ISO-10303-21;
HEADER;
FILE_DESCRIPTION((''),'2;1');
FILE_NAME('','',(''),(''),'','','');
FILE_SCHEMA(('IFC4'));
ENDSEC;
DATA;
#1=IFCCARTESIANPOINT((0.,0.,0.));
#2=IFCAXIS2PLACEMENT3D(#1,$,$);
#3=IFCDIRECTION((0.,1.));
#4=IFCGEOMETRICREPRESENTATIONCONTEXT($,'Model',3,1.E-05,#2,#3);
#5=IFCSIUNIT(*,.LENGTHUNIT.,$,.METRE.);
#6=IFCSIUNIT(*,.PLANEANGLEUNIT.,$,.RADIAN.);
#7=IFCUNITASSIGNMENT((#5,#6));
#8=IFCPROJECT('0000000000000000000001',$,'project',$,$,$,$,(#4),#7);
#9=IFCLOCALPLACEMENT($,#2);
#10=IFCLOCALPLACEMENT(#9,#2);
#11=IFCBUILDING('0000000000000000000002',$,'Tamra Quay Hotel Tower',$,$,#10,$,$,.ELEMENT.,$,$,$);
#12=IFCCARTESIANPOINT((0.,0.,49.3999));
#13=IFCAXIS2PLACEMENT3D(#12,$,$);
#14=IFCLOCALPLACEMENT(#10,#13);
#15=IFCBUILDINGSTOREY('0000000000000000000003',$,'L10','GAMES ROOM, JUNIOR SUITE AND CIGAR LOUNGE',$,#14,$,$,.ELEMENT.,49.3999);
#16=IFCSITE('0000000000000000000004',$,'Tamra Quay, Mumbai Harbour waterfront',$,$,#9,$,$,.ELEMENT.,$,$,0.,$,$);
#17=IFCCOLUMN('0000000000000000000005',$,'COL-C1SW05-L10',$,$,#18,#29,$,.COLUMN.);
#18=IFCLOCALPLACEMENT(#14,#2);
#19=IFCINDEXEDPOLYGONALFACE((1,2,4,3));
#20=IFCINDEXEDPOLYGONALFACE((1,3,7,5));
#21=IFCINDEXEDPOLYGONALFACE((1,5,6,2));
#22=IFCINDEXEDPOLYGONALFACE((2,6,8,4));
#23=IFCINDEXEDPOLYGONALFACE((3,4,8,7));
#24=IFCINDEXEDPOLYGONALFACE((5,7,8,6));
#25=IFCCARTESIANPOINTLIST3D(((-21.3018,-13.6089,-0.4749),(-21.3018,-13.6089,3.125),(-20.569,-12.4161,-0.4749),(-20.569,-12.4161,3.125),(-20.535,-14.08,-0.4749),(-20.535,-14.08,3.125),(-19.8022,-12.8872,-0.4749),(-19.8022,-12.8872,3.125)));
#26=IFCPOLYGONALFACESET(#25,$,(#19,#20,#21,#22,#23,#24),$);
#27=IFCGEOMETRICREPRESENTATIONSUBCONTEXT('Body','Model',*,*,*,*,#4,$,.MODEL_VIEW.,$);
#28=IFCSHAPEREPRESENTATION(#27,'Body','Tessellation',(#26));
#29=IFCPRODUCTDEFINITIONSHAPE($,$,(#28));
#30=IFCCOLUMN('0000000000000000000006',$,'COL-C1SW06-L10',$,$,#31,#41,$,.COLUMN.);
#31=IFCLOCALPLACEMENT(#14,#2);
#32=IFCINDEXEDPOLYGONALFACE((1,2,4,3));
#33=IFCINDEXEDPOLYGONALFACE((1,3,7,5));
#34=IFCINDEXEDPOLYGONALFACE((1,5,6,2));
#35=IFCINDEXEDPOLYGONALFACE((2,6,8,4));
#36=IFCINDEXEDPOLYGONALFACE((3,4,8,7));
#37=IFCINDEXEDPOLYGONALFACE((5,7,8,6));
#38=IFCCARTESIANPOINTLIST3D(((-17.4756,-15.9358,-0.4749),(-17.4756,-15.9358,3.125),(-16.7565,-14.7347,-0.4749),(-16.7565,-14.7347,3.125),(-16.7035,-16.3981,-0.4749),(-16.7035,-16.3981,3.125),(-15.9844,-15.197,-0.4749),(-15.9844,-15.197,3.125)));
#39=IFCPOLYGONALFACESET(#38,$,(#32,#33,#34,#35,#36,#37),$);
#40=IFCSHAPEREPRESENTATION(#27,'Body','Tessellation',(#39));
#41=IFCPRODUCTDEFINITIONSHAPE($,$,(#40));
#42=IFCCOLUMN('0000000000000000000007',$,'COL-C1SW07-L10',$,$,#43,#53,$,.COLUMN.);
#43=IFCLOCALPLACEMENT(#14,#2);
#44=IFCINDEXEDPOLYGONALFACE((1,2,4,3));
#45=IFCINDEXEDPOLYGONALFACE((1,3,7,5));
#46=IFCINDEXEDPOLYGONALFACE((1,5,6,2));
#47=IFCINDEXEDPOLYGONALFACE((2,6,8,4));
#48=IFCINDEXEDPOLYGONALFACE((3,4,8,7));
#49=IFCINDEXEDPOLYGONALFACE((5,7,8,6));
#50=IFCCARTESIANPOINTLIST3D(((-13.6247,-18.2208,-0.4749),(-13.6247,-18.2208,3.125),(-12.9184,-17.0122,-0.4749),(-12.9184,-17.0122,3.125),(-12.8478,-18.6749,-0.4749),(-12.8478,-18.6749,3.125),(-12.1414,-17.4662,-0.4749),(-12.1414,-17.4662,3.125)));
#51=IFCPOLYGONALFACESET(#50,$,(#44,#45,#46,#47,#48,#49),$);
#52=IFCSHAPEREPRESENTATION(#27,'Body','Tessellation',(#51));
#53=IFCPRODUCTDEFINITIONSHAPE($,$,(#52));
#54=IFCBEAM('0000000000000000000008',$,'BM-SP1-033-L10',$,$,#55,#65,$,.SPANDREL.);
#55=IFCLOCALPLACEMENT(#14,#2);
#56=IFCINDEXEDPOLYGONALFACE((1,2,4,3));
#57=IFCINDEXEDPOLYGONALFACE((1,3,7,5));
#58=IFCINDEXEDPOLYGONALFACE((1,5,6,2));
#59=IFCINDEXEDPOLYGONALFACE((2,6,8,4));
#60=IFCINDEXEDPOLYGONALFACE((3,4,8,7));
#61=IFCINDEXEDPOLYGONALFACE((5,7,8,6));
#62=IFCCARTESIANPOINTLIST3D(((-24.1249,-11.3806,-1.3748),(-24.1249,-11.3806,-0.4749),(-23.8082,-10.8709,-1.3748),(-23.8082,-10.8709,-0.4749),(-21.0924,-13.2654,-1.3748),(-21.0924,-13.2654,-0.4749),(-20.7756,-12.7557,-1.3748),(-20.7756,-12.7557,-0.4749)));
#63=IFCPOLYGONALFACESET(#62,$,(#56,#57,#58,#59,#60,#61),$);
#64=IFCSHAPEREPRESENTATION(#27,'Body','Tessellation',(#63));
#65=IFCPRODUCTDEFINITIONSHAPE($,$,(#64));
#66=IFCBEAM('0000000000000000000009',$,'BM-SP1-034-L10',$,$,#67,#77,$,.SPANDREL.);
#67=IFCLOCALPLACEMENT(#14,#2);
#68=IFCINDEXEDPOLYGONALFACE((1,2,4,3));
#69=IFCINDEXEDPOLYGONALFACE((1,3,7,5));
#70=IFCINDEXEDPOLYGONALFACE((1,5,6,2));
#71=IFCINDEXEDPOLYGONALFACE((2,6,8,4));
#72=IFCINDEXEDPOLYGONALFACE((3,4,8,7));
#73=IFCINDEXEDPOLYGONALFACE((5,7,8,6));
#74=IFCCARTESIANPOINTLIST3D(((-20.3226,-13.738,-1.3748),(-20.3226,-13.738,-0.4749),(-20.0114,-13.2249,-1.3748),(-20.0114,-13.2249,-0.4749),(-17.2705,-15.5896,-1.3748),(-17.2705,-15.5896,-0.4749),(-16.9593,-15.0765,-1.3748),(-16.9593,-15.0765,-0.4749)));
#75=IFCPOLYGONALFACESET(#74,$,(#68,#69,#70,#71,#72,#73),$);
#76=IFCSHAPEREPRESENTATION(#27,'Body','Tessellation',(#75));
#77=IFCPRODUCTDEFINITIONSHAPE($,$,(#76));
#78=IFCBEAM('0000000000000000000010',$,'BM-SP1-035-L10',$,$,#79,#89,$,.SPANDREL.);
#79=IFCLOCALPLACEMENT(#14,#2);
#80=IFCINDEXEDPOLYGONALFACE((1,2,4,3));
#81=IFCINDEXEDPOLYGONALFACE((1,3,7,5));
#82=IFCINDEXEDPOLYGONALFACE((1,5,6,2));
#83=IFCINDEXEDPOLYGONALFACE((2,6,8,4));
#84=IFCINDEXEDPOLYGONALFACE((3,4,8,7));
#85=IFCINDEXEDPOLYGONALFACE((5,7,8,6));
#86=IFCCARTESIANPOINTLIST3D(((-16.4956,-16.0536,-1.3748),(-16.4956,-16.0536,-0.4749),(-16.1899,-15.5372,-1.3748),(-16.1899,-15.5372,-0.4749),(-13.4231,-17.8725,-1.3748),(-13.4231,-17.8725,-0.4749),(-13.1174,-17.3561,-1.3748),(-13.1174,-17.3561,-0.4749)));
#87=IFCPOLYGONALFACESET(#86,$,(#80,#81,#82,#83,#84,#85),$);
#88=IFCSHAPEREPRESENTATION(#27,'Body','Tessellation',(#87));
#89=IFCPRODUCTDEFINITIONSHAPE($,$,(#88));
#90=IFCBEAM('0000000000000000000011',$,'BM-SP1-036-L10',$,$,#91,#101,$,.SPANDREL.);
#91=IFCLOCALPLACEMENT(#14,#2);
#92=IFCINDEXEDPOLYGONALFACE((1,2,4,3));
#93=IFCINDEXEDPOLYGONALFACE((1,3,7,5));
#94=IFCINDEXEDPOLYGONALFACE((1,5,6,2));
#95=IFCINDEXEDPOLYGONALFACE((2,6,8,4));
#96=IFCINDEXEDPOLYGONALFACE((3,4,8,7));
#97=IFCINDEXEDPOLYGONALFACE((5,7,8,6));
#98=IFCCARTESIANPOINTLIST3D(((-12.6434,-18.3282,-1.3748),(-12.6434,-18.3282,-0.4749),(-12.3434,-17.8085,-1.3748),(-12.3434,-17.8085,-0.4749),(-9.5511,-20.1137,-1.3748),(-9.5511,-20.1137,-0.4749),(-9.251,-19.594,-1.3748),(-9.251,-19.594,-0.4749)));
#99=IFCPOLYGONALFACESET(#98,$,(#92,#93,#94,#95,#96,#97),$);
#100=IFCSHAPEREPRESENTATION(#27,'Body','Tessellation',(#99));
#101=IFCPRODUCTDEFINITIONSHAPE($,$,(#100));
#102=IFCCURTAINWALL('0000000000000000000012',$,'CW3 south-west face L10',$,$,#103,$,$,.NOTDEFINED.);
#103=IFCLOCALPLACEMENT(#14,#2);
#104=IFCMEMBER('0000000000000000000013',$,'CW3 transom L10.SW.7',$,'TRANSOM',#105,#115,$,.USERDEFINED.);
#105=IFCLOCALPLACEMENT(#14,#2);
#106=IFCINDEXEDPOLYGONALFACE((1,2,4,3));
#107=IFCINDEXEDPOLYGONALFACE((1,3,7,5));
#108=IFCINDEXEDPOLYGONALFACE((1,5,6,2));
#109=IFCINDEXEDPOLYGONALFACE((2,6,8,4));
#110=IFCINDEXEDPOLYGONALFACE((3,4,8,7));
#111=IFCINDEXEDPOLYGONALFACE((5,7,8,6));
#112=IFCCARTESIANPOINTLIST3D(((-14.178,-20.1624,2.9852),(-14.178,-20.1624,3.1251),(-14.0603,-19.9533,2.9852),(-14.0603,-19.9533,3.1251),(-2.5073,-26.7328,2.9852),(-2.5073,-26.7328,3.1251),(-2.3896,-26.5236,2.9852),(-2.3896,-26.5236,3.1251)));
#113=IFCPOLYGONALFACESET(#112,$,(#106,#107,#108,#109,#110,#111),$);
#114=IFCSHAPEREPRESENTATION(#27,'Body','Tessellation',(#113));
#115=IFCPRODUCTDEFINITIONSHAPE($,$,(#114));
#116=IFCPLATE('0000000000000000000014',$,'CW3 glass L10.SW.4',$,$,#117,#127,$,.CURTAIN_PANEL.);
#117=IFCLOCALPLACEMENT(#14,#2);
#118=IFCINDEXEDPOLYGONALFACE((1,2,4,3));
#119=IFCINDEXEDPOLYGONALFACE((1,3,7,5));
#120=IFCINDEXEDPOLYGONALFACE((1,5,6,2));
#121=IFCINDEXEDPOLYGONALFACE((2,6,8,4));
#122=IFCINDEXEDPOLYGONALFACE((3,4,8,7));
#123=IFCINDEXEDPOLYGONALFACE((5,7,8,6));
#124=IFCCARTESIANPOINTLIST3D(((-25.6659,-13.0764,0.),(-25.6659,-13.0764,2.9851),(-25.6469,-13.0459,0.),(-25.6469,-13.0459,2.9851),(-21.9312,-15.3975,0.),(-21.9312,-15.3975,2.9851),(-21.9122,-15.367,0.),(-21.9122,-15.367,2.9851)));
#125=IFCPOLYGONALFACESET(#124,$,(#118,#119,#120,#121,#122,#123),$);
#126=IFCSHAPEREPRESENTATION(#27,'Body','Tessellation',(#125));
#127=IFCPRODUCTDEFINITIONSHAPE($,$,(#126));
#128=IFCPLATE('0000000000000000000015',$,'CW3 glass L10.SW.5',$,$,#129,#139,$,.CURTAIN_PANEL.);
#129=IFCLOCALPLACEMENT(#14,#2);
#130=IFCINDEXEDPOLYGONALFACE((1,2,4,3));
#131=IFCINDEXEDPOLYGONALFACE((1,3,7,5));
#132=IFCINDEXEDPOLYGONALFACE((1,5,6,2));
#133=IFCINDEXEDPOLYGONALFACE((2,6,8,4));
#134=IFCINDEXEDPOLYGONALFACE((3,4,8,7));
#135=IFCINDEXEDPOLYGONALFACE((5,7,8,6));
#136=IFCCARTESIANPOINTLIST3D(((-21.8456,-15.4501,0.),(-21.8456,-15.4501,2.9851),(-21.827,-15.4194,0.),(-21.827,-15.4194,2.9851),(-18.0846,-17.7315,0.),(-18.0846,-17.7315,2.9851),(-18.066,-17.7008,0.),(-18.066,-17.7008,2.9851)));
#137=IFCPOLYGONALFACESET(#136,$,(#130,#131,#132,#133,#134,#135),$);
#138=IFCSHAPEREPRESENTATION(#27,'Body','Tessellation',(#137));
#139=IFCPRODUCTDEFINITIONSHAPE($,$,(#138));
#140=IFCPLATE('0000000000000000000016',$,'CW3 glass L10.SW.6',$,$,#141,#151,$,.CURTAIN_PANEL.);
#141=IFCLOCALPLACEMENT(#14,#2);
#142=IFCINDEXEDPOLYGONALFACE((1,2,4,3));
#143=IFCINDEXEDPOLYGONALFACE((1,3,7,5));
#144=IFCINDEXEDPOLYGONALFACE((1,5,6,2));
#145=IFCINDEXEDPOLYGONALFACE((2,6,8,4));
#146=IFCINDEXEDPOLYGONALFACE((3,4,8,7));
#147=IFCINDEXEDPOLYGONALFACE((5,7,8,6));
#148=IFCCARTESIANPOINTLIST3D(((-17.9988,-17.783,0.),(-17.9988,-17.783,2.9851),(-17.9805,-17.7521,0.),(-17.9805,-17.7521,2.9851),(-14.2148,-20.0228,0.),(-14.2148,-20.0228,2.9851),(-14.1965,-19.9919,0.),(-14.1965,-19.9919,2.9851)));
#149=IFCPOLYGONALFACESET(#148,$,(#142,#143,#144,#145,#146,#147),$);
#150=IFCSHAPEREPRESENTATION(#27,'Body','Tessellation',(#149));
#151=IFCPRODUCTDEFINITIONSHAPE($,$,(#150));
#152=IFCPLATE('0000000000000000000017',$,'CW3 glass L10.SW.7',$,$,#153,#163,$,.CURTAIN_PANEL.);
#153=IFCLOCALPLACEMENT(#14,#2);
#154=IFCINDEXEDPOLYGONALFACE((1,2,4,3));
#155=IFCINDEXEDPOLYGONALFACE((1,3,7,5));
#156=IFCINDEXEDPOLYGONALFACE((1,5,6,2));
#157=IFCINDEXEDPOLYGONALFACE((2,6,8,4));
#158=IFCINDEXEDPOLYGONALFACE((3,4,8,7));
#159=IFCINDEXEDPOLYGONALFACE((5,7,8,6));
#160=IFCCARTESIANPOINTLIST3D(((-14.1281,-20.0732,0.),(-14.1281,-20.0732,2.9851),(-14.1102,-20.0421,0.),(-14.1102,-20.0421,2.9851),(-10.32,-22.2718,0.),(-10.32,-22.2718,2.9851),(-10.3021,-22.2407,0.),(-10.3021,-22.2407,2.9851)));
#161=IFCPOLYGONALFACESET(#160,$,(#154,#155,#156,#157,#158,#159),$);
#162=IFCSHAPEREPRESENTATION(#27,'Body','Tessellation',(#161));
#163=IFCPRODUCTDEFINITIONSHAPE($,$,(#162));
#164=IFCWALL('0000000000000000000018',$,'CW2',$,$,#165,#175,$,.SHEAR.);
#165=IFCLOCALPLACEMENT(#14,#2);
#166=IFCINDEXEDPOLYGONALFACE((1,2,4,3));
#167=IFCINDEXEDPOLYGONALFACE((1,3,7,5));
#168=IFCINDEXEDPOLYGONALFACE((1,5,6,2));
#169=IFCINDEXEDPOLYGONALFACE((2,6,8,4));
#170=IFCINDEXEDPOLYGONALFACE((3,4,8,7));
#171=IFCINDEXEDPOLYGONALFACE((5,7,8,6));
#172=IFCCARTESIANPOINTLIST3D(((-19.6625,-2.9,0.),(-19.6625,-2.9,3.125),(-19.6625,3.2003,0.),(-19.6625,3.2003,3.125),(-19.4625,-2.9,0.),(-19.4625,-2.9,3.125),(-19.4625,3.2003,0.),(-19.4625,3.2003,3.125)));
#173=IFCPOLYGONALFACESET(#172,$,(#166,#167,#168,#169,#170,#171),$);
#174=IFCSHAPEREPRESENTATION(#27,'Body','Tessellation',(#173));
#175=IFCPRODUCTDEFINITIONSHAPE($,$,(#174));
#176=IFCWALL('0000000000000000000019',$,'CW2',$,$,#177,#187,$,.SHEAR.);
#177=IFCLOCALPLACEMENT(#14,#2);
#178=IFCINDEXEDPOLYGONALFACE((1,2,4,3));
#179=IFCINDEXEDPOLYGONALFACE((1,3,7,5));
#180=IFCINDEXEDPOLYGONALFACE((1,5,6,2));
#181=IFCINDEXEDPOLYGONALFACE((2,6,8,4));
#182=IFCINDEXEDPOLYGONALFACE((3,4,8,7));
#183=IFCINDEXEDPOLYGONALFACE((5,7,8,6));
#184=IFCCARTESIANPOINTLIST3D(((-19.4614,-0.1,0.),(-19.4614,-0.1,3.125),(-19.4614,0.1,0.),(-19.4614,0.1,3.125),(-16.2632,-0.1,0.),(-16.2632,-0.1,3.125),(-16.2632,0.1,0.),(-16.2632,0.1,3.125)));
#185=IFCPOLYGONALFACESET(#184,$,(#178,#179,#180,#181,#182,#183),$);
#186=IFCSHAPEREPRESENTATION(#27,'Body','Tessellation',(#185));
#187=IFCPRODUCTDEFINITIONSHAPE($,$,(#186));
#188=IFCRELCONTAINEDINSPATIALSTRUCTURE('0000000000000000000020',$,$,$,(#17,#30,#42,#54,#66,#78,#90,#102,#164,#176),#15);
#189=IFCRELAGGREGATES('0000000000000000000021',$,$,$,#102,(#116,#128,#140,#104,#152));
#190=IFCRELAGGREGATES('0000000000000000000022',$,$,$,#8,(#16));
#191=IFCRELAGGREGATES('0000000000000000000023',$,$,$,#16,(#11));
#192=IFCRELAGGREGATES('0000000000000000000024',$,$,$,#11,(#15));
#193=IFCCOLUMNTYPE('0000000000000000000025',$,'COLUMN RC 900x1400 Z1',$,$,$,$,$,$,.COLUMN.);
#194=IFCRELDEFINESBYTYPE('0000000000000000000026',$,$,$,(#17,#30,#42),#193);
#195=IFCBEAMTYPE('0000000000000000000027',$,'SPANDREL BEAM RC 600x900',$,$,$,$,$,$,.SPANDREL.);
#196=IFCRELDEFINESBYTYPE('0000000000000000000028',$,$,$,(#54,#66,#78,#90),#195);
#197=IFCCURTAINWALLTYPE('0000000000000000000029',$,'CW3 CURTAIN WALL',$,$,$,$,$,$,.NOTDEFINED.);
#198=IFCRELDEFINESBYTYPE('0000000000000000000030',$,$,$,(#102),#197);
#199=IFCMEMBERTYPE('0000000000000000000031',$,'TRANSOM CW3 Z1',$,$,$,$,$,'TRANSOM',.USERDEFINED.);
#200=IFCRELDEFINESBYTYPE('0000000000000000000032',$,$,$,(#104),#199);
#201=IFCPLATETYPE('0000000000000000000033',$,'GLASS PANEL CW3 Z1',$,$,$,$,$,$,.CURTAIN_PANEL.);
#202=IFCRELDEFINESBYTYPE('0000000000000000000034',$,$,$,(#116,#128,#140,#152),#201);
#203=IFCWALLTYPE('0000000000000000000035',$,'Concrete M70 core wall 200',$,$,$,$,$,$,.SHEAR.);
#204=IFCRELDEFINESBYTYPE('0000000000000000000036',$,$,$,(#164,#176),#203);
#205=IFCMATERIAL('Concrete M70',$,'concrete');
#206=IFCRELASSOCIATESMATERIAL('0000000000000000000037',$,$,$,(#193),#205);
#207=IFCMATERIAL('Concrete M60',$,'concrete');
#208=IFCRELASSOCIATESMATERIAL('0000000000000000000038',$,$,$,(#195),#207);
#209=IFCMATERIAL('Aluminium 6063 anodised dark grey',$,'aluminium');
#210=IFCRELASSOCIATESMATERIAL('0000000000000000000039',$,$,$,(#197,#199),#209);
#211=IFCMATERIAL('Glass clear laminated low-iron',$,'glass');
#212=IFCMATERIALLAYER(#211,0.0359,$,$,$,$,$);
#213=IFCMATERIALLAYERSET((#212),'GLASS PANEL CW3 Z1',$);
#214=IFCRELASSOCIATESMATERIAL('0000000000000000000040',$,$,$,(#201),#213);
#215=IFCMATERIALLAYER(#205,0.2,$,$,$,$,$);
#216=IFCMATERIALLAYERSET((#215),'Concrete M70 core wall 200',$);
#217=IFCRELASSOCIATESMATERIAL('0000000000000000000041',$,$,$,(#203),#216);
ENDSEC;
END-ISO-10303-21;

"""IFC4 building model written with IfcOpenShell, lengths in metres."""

from ifc_helpers import new_model, si_unit, direction, frame, frame_2d, origin, origin_2d, place, context, subcontext, project, spatial, rectangle, extrude, material, layer, layer_set, material_profile, profile_set, type_object, element, aggregate, save


model = new_model("IFC4")

# Units and contexts
model_context = context("Model", 3, precision=1e-05, world=origin(), true_north=direction((0.0, 1.0)))
body_context = subcontext(model_context, "Body", "Model", "MODEL_VIEW")
ifc_project = project(units=[si_unit("LENGTHUNIT", "METRE"), si_unit("PLANEANGLEUNIT", "RADIAN")], contexts=[model_context])

# Site, building, storey
site_placement = place(None, origin())
site = spatial("IfcSite", under=ifc_project, at=site_placement, Name="Tamra Quay, Mumbai Harbour waterfront", CompositionType="ELEMENT", RefElevation=0.0)
building_placement = place(site_placement, origin())
building = spatial("IfcBuilding", under=site, at=building_placement, Name="Tamra Quay Hotel Tower", CompositionType="ELEMENT")
storey_placement = place(building_placement, frame((0.0, 0.0, 49.3999)))
storey = spatial("IfcBuildingStorey", under=building, at=storey_placement, Name="L10", Description="GAMES ROOM, JUNIOR SUITE AND CIGAR LOUNGE", CompositionType="ELEMENT", Elevation=49.3999)

# Columns
ifc_material_1 = material(Name="Concrete M70", Category="concrete")
ifc_material_profile_1 = material_profile(ifc_material_1, rectangle(XDim=1.3999, YDim=0.8999, at=origin_2d()), Name="COLUMN RC 900x1400 Z1")
ifc_profile_set_1 = profile_set([ifc_material_profile_1], Name="Concrete M70")
column_type = type_object("IfcColumnType", Name="COLUMN RC 900x1400 Z1", PredefinedType="COLUMN", material=ifc_profile_set_1)
for number, where, z_axis, x_axis, name in (
    (1, (-20.552, -13.248, -0.4749), (0.0, 0.0, 1.0), (0.52343, 0.852069, 0.0), "COL-C1SW05-L10"),
    (2, (-16.73, -15.5664, -0.4749), (0.0, 0.0, 1.0), (0.513654, 0.857998, 0.0), "COL-C1SW06-L10"),
    (3, (-12.8831, -17.8435, -0.4749), (0.0, 0.0, 1.0), (0.504565, 0.863374, 0.0), "COL-C1SW07-L10"),
):
    element("IfcColumn", number, at=place(storey_placement, frame(where, z_axis=z_axis, x_axis=x_axis)), inside=storey, type_object=column_type, Name=name, PredefinedType="COLUMN", context=body_context, shape_type="SweptSolid", body=[
        extrude(rectangle(XDim=1.3999, YDim=0.8999, at=origin_2d()), origin(), (0.0, 0.0, 1.0), 3.5999),
    ])

# Beams
ifc_material_2 = material(Name="Concrete M60", Category="concrete")
ifc_material_profile_2 = material_profile(ifc_material_2, rectangle(XDim=0.6001, YDim=0.8999, at=origin_2d()), Name="SPANDREL BEAM RC 600x900")
ifc_profile_set_2 = profile_set([ifc_material_profile_2], Name="Concrete M60")
beam_type = type_object("IfcBeamType", Name="SPANDREL BEAM RC 600x900", PredefinedType="SPANDREL", material=ifc_profile_set_2)
beam_1_placement = place(storey_placement, frame((-23.9666, -11.1257, -0.9248), z_axis=(0.849321, -0.527877, 0.0), x_axis=(0.527877, 0.849321, 0.0)))
element("IfcBeam", 4, at=beam_1_placement, inside=storey, type_object=beam_type, Name="BM-SP1-033-L10", PredefinedType="SPANDREL", context=body_context, shape_type="SweptSolid", body=[
    extrude(rectangle(XDim=0.6001, YDim=0.8999, at=origin_2d()), origin(), (0.0, 0.0, 1.0), 3.5706),
])
beam_2_placement = place(storey_placement, frame((-20.167, -13.4814, -0.9248), z_axis=(0.854966, -0.518684, 0.0), x_axis=(0.518684, 0.854966, 0.0)))
element("IfcBeam", 5, at=beam_2_placement, inside=storey, type_object=beam_type, Name="BM-SP1-034-L10", PredefinedType="SPANDREL", context=body_context, shape_type="SweptSolid", body=[
    extrude(rectangle(XDim=0.6001, YDim=0.8999, at=origin_2d()), origin(), (0.0, 0.0, 1.0), 3.5698),
])
beam_3_placement = place(storey_placement, frame((-16.3428, -15.7954, -0.9248), z_axis=(0.860525, -0.509409, 0.0), x_axis=(0.509409, 0.860525, 0.0)))
element("IfcBeam", 6, at=beam_3_placement, inside=storey, type_object=beam_type, Name="BM-SP1-035-L10", PredefinedType="SPANDREL", context=body_context, shape_type="SweptSolid", body=[
    extrude(rectangle(XDim=0.6001, YDim=0.8999, at=origin_2d()), origin(), (0.0, 0.0, 1.0), 3.5706),
])
beam_4_placement = place(storey_placement, frame((-12.4934, -18.0684, -0.9248), z_axis=(0.866017, -0.500014, 0.0), x_axis=(0.500014, 0.866017, 0.0)))
element("IfcBeam", 7, at=beam_4_placement, inside=storey, type_object=beam_type, Name="BM-SP1-036-L10", PredefinedType="SPANDREL", context=body_context, shape_type="SweptSolid", body=[
    extrude(rectangle(XDim=0.6001, YDim=0.8999, at=origin_2d()), origin(), (0.0, 0.0, 1.0), 3.5708),
])

# Curtain wall, member, plates
ifc_material_3 = material(Name="Aluminium 6063 anodised dark grey", Category="aluminium")
curtain_wall_type = type_object("IfcCurtainWallType", Name="CW3 CURTAIN WALL", PredefinedType="NOTDEFINED", material=ifc_material_3)
curtain_wall_placement = place(storey_placement, origin())
curtain_wall = element("IfcCurtainWall", 8, at=curtain_wall_placement, inside=storey, type_object=curtain_wall_type, Name="CW3 south-west face L10", PredefinedType="NOTDEFINED")
ifc_material_profile_3 = material_profile(ifc_material_3, rectangle(XDim=0.24, YDim=0.1399, at=origin_2d()), Name="TRANSOM 240X140")
ifc_profile_set_3 = profile_set([ifc_material_profile_3], Name="Aluminium 6063 anodised dark grey")
member_type = type_object("IfcMemberType", Name="TRANSOM CW3 Z1", ElementType="TRANSOM", PredefinedType="USERDEFINED", material=ifc_profile_set_3)
member_placement = place(storey_placement, frame((-14.1191, -20.0579, 3.0552), z_axis=(0.871398, -0.490577, 0.0), x_axis=(0.490577, 0.871398, 0.0)))
member = element("IfcMember", 9, at=member_placement, type_object=member_type, Name="CW3 transom L10.SW.7", ObjectType="TRANSOM", PredefinedType="USERDEFINED", context=body_context, shape_type="SweptSolid", body=[
    extrude(rectangle(XDim=0.24, YDim=0.1399, at=origin_2d()), origin(), (0.0, 0.0, 1.0), 13.3931),
])
ifc_material_4 = material(Name="Glass clear laminated low-iron", Category="glass")
ifc_layer_1 = layer(ifc_material_4, 0.0359)
ifc_layer_set_1 = layer_set([ifc_layer_1], Name="GLASS PANEL CW3 Z1")
plate_type = type_object("IfcPlateType", Name="GLASS PANEL CW3 Z1", PredefinedType="CURTAIN_PANEL", material=ifc_layer_set_1)
plate_1_placement = place(storey_placement, frame((-23.7891, -14.2217, 0.0), z_axis=(0.0, 0.0, 1.0), x_axis=(0.849331, -0.52786, 0.0)))
plate_1 = element("IfcPlate", 10, at=plate_1_placement, type_object=plate_type, Name="CW3 glass L10.SW.4", PredefinedType="CURTAIN_PANEL", context=body_context, shape_type="SweptSolid", body=[
    extrude(rectangle(XDim=4.3972, YDim=0.0359, at=origin_2d()), origin(), (0.0, 0.0, 1.0), 2.9851),
])
plate_2_placement = place(storey_placement, frame((-19.9558, -16.5754, 0.0), z_axis=(0.0, 0.0, 1.0), x_axis=(0.854994, -0.518639, 0.0)))
plate_2 = element("IfcPlate", 11, at=plate_2_placement, type_object=plate_type, Name="CW3 glass L10.SW.5", PredefinedType="CURTAIN_PANEL", context=body_context, shape_type="SweptSolid", body=[
    extrude(rectangle(XDim=4.3989, YDim=0.0359, at=origin_2d()), origin(), (0.0, 0.0, 1.0), 2.9851),
])
plate_3_placement = place(storey_placement, frame((-16.0977, -18.8875, 0.0), z_axis=(0.0, 0.0, 1.0), x_axis=(0.860557, -0.509355, 0.0)))
plate_3 = element("IfcPlate", 12, at=plate_3_placement, type_object=plate_type, Name="CW3 glass L10.SW.6", PredefinedType="CURTAIN_PANEL", context=body_context, shape_type="SweptSolid", body=[
    extrude(rectangle(XDim=4.3972, YDim=0.0359, at=origin_2d()), origin(), (0.0, 0.0, 1.0), 2.9851),
])
plate_4_placement = place(storey_placement, frame((-12.2151, -21.157, 0.0), z_axis=(0.0, 0.0, 1.0), x_axis=(0.866025, -0.5, 0.0)))
plate_4 = element("IfcPlate", 13, at=plate_4_placement, type_object=plate_type, Name="CW3 glass L10.SW.7", PredefinedType="CURTAIN_PANEL", context=body_context, shape_type="SweptSolid", body=[
    extrude(rectangle(XDim=4.3972, YDim=0.0359, at=origin_2d()), origin(), (0.0, 0.0, 1.0), 2.9851),
])
aggregate(curtain_wall, [plate_1, plate_2, plate_3, member, plate_4])

# Walls
ifc_layer_2 = layer(ifc_material_1, 0.2)
ifc_layer_set_2 = layer_set([ifc_layer_2], Name="Concrete M70 core wall 200")
wall_type_1 = type_object("IfcWallType", Name="Concrete M70 core wall 200", PredefinedType="SHEAR", material=ifc_layer_set_2)
wall_1_placement = place(storey_placement, frame((-19.5625, -2.9001, 0.0), z_axis=(0.0, 0.0, 1.0), x_axis=(0.0, 1.0, 0.0)))
element("IfcWall", 14, at=wall_1_placement, inside=storey, type_object=wall_type_1, Name="CW2", PredefinedType="SHEAR", context=body_context, shape_type="SweptSolid", body=[
    extrude(rectangle(XDim=6.1003, YDim=0.2, at=frame_2d((3.0503, 0.0))), origin(), (0.0, 0.0, 1.0), 3.125),
])
wall_2_placement = place(storey_placement, frame((-16.2632, 0.0, 0.0), z_axis=(0.0, 0.0, 1.0), x_axis=(-1.0, 0.0, 0.0)))
element("IfcWall", 15, at=wall_2_placement, inside=storey, type_object=wall_type_1, Name="CW2", PredefinedType="SHEAR", context=body_context, shape_type="SweptSolid", body=[
    extrude(rectangle(XDim=3.1982, YDim=0.2, at=frame_2d((1.5991, 0.0))), origin(), (0.0, 0.0, 1.0), 3.125),
])

save(model, "model.ifc")
